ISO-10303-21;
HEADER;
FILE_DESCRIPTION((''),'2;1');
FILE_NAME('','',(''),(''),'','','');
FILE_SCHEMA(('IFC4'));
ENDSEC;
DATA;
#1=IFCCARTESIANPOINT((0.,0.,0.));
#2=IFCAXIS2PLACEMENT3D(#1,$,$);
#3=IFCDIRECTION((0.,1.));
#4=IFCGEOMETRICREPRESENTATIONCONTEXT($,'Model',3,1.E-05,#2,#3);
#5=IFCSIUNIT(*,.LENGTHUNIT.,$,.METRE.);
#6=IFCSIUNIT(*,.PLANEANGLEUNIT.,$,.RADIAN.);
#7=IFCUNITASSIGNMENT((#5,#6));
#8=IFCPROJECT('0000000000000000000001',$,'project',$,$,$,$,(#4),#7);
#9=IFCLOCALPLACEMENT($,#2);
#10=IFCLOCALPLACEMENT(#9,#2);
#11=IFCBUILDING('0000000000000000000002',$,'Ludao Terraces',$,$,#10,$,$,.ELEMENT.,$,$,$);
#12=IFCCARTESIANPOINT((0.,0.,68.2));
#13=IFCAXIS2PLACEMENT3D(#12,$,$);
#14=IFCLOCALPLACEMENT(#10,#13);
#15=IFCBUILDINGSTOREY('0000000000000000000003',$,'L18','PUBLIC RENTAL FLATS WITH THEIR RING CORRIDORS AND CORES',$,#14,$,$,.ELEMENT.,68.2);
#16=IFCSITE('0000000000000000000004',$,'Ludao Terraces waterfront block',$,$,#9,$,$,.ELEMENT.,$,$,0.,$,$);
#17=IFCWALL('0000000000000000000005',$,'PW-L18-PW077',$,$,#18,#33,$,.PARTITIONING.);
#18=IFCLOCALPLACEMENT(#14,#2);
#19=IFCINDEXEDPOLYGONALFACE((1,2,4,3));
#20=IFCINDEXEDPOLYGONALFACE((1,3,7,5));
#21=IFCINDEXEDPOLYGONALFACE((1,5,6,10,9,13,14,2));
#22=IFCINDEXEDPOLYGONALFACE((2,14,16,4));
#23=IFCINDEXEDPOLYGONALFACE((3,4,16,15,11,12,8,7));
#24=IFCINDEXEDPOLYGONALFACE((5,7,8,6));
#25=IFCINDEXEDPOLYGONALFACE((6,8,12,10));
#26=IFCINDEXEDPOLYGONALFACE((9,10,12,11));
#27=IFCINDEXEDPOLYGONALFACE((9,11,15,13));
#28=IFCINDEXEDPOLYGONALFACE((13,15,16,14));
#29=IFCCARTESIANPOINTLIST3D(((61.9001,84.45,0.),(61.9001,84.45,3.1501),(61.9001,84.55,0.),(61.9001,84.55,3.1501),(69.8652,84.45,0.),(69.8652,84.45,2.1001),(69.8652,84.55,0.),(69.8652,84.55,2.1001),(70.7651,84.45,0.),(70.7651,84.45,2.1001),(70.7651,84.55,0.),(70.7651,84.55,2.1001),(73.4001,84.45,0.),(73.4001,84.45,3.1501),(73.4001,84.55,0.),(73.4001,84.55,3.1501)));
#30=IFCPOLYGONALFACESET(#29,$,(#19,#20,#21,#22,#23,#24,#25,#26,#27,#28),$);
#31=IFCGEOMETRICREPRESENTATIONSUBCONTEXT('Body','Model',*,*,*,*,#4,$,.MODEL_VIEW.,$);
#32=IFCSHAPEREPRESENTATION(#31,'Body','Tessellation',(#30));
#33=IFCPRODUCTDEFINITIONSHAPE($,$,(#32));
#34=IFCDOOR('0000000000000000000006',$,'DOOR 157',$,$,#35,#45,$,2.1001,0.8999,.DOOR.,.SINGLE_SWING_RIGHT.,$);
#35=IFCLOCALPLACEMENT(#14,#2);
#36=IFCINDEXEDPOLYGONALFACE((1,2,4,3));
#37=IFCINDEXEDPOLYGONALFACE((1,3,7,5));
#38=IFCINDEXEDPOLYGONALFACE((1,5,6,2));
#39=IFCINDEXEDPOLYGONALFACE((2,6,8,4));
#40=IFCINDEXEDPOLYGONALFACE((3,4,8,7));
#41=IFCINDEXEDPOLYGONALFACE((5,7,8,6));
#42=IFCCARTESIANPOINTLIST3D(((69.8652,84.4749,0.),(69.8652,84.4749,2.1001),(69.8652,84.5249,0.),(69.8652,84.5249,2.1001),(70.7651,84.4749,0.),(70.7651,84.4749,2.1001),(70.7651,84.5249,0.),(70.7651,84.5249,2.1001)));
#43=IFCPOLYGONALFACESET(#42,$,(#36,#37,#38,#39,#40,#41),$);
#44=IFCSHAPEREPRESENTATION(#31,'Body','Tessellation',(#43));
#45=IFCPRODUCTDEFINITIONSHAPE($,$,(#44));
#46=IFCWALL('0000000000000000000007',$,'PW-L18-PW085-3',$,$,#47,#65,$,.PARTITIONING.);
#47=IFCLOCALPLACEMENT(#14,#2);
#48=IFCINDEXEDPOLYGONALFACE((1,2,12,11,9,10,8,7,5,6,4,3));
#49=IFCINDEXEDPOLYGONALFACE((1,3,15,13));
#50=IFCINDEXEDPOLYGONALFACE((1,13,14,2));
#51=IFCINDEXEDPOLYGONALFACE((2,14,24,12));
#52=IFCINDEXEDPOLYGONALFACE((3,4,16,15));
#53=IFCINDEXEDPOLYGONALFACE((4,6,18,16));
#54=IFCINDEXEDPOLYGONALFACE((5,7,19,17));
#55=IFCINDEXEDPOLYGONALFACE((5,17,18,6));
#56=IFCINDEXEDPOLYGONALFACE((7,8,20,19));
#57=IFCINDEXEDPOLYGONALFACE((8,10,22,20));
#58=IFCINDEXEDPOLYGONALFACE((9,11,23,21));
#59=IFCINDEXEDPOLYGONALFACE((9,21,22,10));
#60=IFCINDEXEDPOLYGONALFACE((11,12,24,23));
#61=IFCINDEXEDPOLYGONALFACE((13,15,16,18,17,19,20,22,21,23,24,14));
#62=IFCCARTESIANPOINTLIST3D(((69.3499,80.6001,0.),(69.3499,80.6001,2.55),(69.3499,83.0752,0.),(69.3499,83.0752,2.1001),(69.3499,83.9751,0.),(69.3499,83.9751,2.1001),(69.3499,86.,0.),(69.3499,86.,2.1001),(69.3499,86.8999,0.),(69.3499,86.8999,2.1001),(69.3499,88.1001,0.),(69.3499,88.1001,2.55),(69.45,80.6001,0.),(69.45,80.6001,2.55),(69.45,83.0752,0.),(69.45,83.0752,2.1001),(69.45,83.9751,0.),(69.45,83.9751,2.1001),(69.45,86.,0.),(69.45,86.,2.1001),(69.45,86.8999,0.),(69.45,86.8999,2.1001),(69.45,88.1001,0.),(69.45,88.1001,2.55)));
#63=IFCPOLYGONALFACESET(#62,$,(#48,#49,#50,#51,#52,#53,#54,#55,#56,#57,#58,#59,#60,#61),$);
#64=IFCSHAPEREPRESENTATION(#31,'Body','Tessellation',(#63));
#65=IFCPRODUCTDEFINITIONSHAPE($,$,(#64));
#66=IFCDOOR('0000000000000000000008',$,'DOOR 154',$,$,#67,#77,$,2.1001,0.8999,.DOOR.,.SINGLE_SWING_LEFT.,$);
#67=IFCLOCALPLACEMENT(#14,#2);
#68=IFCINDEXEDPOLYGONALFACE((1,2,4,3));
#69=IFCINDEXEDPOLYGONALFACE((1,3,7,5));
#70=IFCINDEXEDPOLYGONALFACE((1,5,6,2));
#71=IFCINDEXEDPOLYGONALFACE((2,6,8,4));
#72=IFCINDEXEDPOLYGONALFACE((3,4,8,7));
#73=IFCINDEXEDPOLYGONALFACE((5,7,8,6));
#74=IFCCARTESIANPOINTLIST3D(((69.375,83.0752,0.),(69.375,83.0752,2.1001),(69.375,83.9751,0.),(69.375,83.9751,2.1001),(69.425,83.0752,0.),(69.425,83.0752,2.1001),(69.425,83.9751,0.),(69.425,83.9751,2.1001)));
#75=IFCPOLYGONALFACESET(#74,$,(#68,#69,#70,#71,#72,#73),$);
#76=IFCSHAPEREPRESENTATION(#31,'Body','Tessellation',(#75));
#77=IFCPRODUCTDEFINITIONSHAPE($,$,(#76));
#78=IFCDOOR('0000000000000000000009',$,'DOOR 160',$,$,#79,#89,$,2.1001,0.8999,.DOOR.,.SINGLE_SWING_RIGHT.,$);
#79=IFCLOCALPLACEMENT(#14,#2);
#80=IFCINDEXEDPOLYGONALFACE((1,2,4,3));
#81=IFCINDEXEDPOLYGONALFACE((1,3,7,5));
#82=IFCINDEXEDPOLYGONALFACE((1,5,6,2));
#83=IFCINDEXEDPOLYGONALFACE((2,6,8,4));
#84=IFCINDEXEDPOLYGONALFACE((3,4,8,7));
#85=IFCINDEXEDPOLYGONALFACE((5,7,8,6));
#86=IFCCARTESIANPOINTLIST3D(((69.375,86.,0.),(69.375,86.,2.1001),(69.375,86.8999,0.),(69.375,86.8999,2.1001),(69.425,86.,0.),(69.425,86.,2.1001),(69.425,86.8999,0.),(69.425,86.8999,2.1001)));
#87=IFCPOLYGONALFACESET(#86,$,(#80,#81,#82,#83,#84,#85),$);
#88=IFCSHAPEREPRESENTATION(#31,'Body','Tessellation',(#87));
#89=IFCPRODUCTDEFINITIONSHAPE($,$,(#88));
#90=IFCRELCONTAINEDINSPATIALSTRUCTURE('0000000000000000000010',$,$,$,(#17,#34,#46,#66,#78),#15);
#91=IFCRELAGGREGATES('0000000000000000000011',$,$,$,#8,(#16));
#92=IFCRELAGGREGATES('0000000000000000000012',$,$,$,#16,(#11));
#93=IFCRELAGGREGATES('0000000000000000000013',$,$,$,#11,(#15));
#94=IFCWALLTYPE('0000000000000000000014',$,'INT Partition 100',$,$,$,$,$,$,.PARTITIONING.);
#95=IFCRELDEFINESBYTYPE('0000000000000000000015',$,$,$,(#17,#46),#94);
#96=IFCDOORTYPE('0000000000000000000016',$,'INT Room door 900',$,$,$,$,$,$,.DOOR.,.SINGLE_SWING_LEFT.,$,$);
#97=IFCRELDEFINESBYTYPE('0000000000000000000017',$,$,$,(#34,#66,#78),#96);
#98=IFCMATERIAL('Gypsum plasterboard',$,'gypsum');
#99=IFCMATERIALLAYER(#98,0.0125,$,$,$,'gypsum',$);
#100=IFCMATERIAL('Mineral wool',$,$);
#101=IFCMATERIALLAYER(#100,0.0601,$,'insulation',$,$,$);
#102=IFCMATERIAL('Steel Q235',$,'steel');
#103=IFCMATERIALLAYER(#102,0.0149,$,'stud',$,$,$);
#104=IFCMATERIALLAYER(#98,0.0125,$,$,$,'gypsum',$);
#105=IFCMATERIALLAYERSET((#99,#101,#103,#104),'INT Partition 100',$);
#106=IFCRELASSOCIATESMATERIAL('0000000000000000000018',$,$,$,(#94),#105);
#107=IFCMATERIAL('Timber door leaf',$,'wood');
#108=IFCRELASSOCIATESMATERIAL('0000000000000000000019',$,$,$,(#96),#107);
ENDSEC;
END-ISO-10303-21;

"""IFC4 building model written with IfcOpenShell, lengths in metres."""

from ifc_helpers import new_model, si_unit, direction, frame, frame_2d, origin, place, context, subcontext, project, spatial, rectangle, extrude, material, layer, layer_set, type_object, element, fill, save


model = new_model("IFC4")

# Units and contexts
model_context = context("Model", 3, precision=1e-05, world=origin(), true_north=direction((0.0, 1.0)))
body_context = subcontext(model_context, "Body", "Model", "MODEL_VIEW")
ifc_project = project(units=[si_unit("LENGTHUNIT", "METRE"), si_unit("PLANEANGLEUNIT", "RADIAN")], contexts=[model_context])

# Site, building, storey
site_placement = place(None, origin())
site = spatial("IfcSite", under=ifc_project, at=site_placement, Name="Ludao Terraces waterfront block", CompositionType="ELEMENT", RefElevation=0.0)
building_placement = place(site_placement, origin())
building = spatial("IfcBuilding", under=site, at=building_placement, Name="Ludao Terraces", CompositionType="ELEMENT")
storey_placement = place(building_placement, frame((0.0, 0.0, 68.2)))
storey = spatial("IfcBuildingStorey", under=building, at=storey_placement, Name="L18", Description="PUBLIC RENTAL FLATS WITH THEIR RING CORRIDORS AND CORES", CompositionType="ELEMENT", Elevation=68.2)

# Shared definitions
ifc_material_1 = material(Name="Mineral wool")

# Shared definitions
ifc_material_2 = material(Name="Gypsum plasterboard", Category="gypsum")
ifc_layer_1 = layer(ifc_material_2, 0.0125, Category="gypsum")
ifc_layer_2 = layer(ifc_material_1, 0.0601, Name="insulation")
ifc_material_3 = material(Name="Steel Q235", Category="steel")
ifc_layer_3 = layer(ifc_material_3, 0.0149, Name="stud")
ifc_layer_4 = layer(ifc_material_2, 0.0125, Category="gypsum")
ifc_layer_set_1 = layer_set([ifc_layer_1, ifc_layer_2, ifc_layer_3, ifc_layer_4], Name="INT Partition 100")
wall_type_1 = type_object("IfcWallType", Name="INT Partition 100", PredefinedType="PARTITIONING", material=ifc_layer_set_1)

# Wall, opening, door
wall_1_placement = place(storey_placement, frame((61.9001, 84.5, 0.0), z_axis=(0.0, 0.0, 1.0), x_axis=(1.0, 0.0, 0.0)))
wall_1 = element("IfcWall", 1, at=wall_1_placement, inside=storey, type_object=wall_type_1, Name="PW-L18-PW077", PredefinedType="PARTITIONING", context=body_context, shape_type="SweptSolid", body=[
    extrude(rectangle(XDim=11.5, YDim=0.1001, at=frame_2d((5.75, 0.0))), origin(), (0.0, 0.0, 1.0), 3.1501),
])
opening_1_placement = place(wall_1_placement, frame((7.9651, 0.0, 0.0)))
opening_1 = element("IfcOpeningElement", 2, at=opening_1_placement, cuts=wall_1, PredefinedType="OPENING", context=body_context, shape_type="SweptSolid", body=[
    extrude(rectangle(XDim=0.8999, YDim=2.1001, at=frame_2d((0.45, 1.05))), frame((0.0, 0.0601, 0.0), z_axis=(0.0, -1.0, 0.0), x_axis=(1.0, 0.0, 0.0)), (0.0, 0.0, 1.0), 0.1201),
])
ifc_material_4 = material(Name="Timber door leaf", Category="wood")
door_type = type_object("IfcDoorType", Name="INT Room door 900", OperationType="SINGLE_SWING_LEFT", PredefinedType="DOOR", material=ifc_material_4)
door_1_placement = place(opening_1_placement, origin())
door_1 = element("IfcDoor", 3, at=door_1_placement, inside=storey, type_object=door_type, Name="DOOR 157", OperationType="SINGLE_SWING_RIGHT", OverallHeight=2.1001, OverallWidth=0.8999, PredefinedType="DOOR", context=body_context, shape_type="SweptSolid", body=[
    extrude(rectangle(XDim=0.8999, YDim=2.1001, at=frame_2d((0.45, 1.05))), frame((0.0, 0.0249, 0.0), z_axis=(0.0, -1.0, 0.0), x_axis=(1.0, 0.0, 0.0)), (0.0, 0.0, 1.0), 0.05),
])
fill(opening_1, door_1)

# Wall, openings, doors
wall_2_placement = place(storey_placement, frame((69.3999, 80.6001, 0.0), z_axis=(0.0, 0.0, 1.0), x_axis=(0.0, 1.0, 0.0)))
wall_2 = element("IfcWall", 4, at=wall_2_placement, inside=storey, type_object=wall_type_1, Name="PW-L18-PW085-3", PredefinedType="PARTITIONING", context=body_context, shape_type="SweptSolid", body=[
    extrude(rectangle(XDim=7.5, YDim=0.1001, at=frame_2d((3.75, 0.0))), origin(), (0.0, 0.0, 1.0), 2.55),
])
opening_2_placement = place(wall_2_placement, frame((2.4751, 0.0, 0.0)))
opening_2 = element("IfcOpeningElement", 5, at=opening_2_placement, cuts=wall_2, PredefinedType="OPENING", context=body_context, shape_type="SweptSolid", body=[
    extrude(rectangle(XDim=0.8999, YDim=2.1001, at=frame_2d((0.45, 1.05))), frame((0.0, 0.0601, 0.0), z_axis=(0.0, -1.0, 0.0), x_axis=(1.0, 0.0, 0.0)), (0.0, 0.0, 1.0), 0.1201),
])
opening_3_placement = place(wall_2_placement, frame((5.3999, 0.0, 0.0)))
opening_3 = element("IfcOpeningElement", 6, at=opening_3_placement, cuts=wall_2, PredefinedType="OPENING", context=body_context, shape_type="SweptSolid", body=[
    extrude(rectangle(XDim=0.8999, YDim=2.1001, at=frame_2d((0.45, 1.05))), frame((0.0, 0.0601, 0.0), z_axis=(0.0, -1.0, 0.0), x_axis=(1.0, 0.0, 0.0)), (0.0, 0.0, 1.0), 0.1201),
])
door_2_placement = place(opening_2_placement, origin())
door_2 = element("IfcDoor", 7, at=door_2_placement, inside=storey, type_object=door_type, Name="DOOR 154", OperationType="SINGLE_SWING_LEFT", OverallHeight=2.1001, OverallWidth=0.8999, PredefinedType="DOOR", context=body_context, shape_type="SweptSolid", body=[
    extrude(rectangle(XDim=0.8999, YDim=2.1001, at=frame_2d((0.45, 1.05))), frame((0.0, 0.0249, 0.0), z_axis=(0.0, -1.0, 0.0), x_axis=(1.0, 0.0, 0.0)), (0.0, 0.0, 1.0), 0.05),
])
fill(opening_2, door_2)
door_3_placement = place(opening_3_placement, origin())
door_3 = element("IfcDoor", 8, at=door_3_placement, inside=storey, type_object=door_type, Name="DOOR 160", OperationType="SINGLE_SWING_RIGHT", OverallHeight=2.1001, OverallWidth=0.8999, PredefinedType="DOOR", context=body_context, shape_type="SweptSolid", body=[
    extrude(rectangle(XDim=0.8999, YDim=2.1001, at=frame_2d((0.45, 1.05))), frame((0.0, 0.0249, 0.0), z_axis=(0.0, -1.0, 0.0), x_axis=(1.0, 0.0, 0.0)), (0.0, 0.0, 1.0), 0.05),
])
fill(opening_3, door_3)

save(model, "model.ifc")
